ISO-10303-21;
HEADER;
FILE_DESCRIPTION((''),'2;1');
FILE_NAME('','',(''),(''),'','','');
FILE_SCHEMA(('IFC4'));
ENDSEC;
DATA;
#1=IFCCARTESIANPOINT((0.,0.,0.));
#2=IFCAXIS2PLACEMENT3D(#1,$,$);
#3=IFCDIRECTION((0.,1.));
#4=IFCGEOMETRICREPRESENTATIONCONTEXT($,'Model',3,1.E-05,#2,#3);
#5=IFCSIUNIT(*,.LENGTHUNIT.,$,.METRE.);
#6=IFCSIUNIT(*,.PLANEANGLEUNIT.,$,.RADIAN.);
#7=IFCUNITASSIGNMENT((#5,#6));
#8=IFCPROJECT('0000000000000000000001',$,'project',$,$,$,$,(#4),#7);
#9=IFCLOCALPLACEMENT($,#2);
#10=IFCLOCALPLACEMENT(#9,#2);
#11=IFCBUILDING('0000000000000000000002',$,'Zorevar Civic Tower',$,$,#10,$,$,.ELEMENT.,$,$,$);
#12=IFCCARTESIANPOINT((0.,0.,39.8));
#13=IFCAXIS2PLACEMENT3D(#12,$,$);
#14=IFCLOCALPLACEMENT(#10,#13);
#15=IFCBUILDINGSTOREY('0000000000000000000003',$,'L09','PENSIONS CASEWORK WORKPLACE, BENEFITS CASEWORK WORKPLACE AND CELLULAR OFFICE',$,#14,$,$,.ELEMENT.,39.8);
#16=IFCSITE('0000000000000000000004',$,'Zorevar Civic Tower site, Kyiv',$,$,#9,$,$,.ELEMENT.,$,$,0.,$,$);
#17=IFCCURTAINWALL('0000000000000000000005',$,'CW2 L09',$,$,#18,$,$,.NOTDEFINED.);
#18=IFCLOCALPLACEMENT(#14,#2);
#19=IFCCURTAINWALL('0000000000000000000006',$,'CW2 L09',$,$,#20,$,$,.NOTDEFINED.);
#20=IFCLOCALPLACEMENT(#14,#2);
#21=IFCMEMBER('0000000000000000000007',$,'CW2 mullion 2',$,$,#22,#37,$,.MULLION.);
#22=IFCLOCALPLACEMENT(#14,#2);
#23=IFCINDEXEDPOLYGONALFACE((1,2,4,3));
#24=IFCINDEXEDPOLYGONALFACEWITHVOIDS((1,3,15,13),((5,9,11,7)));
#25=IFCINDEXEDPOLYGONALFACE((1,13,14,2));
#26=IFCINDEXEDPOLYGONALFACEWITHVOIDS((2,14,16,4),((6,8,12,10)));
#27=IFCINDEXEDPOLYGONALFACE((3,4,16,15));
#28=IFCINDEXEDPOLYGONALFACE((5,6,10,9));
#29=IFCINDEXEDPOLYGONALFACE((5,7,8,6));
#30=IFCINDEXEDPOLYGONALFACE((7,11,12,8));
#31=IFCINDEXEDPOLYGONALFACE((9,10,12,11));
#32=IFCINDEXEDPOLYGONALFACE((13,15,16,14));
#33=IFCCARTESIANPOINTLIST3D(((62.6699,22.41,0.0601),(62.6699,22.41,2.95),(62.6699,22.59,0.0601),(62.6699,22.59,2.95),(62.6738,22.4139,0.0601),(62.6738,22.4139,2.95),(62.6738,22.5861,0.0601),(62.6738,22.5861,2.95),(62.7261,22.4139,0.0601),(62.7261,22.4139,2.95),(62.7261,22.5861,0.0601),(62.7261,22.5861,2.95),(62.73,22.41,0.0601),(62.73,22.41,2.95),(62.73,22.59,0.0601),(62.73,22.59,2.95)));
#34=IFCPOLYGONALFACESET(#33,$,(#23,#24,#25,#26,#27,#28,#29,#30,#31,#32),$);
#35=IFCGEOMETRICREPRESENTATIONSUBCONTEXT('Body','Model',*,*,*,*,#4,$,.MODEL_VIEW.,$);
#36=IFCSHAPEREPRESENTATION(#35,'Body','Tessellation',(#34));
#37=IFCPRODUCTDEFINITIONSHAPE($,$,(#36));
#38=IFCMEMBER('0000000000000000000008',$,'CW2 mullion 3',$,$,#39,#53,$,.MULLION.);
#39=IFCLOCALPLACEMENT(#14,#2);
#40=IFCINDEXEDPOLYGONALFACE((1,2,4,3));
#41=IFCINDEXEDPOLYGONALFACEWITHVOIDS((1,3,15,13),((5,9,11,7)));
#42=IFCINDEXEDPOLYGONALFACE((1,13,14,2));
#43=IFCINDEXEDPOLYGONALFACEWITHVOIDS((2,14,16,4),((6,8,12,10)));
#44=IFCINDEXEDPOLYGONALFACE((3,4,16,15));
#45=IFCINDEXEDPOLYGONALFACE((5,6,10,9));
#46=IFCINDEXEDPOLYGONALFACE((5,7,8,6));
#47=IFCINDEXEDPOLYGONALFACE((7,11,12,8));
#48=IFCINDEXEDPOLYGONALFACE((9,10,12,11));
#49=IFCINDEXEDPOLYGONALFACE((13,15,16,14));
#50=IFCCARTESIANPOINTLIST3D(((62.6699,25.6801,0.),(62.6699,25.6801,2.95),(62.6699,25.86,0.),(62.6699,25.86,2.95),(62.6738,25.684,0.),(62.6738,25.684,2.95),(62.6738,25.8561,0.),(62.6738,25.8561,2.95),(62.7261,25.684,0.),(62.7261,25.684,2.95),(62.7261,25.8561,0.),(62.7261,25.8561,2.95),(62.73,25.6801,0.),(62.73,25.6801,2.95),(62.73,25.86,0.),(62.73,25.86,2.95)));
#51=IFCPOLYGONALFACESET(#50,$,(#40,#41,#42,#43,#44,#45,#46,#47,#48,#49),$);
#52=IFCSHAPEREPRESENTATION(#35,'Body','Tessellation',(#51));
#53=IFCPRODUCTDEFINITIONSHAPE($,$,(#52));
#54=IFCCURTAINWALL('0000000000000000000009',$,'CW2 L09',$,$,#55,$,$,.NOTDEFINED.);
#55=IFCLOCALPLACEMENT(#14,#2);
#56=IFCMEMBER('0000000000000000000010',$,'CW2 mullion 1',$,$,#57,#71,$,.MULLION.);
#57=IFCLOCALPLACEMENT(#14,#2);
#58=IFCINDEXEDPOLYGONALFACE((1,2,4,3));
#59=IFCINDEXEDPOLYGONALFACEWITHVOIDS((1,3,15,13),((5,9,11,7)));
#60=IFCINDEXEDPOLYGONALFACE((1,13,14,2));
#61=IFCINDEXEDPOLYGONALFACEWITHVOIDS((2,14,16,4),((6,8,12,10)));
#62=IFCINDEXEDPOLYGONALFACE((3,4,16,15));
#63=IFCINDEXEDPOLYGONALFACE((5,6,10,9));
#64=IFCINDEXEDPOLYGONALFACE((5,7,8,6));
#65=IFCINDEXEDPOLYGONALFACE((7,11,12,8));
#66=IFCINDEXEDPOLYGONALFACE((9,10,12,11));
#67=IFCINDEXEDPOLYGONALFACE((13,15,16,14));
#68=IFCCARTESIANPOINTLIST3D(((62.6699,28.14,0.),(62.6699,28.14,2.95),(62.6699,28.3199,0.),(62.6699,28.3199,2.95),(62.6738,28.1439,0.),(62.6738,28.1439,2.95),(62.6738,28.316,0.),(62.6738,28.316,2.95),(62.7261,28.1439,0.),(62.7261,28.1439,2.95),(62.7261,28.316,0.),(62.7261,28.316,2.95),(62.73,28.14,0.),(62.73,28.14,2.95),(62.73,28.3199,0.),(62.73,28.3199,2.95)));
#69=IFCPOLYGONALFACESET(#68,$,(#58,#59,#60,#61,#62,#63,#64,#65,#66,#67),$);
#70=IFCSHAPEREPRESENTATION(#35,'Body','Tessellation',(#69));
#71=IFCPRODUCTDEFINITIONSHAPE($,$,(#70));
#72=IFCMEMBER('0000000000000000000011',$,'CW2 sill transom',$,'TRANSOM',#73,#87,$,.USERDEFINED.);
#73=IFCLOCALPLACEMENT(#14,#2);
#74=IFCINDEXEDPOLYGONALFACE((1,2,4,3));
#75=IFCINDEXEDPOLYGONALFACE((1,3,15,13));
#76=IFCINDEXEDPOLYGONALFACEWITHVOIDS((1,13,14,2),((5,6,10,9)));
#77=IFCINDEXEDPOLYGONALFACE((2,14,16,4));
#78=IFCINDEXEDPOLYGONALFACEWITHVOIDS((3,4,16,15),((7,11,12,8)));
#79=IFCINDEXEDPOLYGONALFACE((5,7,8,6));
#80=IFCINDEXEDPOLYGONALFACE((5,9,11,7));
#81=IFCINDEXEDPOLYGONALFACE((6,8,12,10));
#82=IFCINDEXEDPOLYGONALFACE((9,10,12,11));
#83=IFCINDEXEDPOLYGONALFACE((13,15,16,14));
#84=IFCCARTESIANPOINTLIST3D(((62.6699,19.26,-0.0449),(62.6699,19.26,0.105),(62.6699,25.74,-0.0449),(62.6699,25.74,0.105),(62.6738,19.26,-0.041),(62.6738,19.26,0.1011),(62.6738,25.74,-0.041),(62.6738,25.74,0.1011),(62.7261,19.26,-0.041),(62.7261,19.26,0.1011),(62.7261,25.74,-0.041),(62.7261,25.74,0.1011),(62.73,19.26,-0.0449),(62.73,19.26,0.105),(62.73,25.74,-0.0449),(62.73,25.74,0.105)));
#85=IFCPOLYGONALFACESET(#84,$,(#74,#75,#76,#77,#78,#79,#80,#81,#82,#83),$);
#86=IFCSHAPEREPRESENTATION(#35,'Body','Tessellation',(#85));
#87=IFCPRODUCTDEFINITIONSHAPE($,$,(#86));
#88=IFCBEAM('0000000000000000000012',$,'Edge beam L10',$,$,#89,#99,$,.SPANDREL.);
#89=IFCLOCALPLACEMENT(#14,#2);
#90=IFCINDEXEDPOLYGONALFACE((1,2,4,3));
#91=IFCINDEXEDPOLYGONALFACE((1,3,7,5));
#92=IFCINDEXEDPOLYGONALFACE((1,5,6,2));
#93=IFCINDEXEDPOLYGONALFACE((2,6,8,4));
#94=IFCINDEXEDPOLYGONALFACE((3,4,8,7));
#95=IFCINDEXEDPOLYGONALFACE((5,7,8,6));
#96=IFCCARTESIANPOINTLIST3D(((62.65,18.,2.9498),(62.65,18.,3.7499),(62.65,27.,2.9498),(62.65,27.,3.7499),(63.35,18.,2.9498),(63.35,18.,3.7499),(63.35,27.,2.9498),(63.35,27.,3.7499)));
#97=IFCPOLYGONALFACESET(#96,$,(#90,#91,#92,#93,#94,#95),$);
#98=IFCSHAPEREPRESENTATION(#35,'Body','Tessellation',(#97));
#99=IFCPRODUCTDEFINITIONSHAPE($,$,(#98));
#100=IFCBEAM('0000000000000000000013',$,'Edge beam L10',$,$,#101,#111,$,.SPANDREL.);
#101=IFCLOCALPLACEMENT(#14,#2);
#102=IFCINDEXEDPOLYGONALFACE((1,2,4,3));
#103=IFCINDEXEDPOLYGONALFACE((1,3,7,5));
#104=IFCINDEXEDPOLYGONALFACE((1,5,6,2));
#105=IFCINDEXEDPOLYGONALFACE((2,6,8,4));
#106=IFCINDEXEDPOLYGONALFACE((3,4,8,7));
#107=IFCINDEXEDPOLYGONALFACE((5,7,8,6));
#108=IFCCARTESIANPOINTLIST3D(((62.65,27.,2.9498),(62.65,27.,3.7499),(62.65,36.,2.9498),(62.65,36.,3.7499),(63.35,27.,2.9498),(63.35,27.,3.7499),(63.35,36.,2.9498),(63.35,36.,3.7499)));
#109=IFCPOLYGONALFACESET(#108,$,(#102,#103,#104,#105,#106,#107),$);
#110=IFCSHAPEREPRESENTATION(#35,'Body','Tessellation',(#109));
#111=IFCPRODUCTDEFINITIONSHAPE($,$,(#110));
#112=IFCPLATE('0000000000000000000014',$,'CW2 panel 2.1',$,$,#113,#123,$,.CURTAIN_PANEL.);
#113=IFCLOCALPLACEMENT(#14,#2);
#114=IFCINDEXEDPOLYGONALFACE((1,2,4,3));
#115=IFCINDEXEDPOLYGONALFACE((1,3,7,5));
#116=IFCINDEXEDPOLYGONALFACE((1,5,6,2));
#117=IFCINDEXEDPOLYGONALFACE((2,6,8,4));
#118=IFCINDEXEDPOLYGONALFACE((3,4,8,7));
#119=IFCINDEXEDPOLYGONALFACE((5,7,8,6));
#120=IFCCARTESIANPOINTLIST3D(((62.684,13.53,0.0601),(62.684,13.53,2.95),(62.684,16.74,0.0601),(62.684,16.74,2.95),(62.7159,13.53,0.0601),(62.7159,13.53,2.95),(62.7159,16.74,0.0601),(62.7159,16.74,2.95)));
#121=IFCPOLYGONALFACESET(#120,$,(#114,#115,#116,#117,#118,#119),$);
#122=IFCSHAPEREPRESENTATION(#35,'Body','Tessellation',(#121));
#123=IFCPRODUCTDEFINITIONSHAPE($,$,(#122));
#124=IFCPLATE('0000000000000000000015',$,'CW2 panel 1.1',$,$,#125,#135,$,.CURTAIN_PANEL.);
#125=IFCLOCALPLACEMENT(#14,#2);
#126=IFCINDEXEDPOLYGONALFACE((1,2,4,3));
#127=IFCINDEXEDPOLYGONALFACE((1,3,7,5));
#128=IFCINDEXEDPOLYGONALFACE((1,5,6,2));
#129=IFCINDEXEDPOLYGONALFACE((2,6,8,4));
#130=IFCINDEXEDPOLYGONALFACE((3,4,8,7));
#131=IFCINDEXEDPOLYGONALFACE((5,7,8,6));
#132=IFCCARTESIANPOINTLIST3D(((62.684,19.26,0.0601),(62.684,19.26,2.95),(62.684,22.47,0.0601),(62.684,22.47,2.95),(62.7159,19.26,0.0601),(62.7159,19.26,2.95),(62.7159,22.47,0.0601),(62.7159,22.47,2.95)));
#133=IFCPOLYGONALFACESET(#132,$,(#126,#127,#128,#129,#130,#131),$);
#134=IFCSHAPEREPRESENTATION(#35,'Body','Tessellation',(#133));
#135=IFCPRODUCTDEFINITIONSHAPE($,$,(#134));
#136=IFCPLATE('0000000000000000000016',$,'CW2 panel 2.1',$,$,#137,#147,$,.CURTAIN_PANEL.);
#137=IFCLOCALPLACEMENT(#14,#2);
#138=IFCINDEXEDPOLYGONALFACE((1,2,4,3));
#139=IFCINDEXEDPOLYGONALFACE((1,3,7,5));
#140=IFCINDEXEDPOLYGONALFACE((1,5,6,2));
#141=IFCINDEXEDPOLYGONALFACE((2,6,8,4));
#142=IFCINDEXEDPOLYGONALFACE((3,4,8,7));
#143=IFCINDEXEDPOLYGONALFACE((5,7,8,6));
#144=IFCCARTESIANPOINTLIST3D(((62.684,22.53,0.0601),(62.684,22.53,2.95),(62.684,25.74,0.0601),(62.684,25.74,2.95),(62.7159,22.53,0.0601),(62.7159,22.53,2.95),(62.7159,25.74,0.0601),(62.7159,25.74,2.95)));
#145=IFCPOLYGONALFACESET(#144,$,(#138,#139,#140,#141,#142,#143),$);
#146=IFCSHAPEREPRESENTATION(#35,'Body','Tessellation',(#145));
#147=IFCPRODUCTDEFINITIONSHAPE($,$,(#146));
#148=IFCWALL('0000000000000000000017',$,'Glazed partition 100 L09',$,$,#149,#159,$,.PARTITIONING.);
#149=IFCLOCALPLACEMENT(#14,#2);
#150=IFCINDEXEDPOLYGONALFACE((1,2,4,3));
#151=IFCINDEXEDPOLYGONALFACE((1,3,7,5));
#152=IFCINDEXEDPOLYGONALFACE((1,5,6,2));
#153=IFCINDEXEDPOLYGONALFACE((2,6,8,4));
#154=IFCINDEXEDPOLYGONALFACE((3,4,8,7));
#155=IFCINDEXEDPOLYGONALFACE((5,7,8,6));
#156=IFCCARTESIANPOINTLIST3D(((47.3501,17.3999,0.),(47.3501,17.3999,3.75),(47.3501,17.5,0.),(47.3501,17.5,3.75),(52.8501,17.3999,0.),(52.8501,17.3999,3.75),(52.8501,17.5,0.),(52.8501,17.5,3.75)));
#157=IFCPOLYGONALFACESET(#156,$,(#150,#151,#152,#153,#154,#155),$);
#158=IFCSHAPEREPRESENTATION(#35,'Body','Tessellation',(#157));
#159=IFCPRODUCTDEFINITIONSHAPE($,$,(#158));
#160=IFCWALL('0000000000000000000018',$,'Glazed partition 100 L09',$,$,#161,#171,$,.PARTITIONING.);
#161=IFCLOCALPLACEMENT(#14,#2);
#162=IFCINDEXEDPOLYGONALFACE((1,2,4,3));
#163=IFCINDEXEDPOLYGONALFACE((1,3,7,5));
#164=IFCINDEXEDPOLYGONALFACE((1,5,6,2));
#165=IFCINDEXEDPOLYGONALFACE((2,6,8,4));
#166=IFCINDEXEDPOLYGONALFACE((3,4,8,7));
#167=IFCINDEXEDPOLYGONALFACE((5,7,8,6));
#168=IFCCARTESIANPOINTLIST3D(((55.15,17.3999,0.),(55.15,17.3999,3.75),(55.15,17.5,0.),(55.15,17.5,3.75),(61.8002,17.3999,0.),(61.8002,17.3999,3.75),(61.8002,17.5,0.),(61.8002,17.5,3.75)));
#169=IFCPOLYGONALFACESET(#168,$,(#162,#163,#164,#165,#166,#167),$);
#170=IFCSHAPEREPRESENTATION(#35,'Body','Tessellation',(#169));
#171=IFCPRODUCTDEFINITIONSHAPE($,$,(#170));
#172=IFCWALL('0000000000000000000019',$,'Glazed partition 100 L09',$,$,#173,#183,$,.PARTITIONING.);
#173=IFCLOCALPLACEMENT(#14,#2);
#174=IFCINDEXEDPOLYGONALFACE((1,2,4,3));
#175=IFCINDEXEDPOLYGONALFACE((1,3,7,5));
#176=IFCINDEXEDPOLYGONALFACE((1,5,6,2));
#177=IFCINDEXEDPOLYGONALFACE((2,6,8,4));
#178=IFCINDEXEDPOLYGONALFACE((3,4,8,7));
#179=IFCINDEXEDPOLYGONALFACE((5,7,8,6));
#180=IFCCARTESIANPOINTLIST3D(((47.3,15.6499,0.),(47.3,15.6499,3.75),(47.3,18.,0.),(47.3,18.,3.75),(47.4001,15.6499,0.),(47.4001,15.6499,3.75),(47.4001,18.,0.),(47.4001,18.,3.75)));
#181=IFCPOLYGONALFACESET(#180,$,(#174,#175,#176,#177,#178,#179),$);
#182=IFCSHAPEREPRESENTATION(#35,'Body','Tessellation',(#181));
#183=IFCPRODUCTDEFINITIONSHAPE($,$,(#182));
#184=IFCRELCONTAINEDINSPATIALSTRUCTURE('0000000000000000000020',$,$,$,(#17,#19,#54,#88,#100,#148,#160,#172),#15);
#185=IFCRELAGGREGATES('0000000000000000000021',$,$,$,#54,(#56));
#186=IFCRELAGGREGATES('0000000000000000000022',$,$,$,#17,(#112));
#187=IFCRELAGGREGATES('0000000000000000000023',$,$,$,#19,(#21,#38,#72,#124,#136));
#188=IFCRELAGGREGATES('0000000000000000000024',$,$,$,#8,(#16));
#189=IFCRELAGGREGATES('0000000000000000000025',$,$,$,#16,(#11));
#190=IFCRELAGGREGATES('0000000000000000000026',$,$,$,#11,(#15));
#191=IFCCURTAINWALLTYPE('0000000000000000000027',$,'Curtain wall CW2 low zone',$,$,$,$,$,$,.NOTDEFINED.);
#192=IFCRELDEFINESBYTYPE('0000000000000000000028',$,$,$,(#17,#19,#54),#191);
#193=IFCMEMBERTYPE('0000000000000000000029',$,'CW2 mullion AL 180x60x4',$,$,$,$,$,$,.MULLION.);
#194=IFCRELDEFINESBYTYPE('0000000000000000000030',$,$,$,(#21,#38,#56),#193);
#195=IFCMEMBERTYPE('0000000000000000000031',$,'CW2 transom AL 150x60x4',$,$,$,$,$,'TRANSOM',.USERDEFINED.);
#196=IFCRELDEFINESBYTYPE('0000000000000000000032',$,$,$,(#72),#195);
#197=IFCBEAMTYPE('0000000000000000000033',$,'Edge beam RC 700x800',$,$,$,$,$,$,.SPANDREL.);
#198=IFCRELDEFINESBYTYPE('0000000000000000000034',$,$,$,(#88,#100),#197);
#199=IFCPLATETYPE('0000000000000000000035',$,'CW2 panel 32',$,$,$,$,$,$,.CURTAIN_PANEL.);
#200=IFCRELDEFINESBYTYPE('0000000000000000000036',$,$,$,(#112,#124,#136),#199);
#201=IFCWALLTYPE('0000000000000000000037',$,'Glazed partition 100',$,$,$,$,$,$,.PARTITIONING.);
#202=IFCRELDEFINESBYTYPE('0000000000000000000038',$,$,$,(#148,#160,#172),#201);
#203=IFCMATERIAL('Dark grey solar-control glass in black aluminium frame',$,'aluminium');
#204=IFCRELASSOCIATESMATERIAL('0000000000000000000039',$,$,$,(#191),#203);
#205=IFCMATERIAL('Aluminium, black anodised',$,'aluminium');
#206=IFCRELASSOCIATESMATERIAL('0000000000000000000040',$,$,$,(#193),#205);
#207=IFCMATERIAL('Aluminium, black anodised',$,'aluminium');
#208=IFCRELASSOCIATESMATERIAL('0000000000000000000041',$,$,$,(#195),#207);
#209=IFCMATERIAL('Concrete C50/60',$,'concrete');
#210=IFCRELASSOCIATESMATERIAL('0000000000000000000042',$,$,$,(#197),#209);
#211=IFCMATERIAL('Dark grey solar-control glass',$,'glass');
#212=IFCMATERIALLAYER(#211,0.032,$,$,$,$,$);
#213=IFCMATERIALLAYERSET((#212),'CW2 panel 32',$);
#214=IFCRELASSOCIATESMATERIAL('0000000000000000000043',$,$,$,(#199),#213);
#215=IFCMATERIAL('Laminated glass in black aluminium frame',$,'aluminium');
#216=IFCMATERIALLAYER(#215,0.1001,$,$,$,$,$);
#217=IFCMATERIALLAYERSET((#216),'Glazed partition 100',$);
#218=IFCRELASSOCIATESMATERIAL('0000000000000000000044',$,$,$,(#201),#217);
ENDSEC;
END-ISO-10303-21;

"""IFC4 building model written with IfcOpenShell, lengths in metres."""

from ifc_helpers import new_model, si_unit, direction, frame, frame_2d, origin, origin_2d, place, context, subcontext, project, spatial, rectangle, hollow_rectangle, extrude, material, layer, layer_set, material_profile, profile_set, type_object, element, aggregate, save


model = new_model("IFC4")

# Units and contexts
model_context = context("Model", 3, precision=1e-05, world=origin(), true_north=direction((0.0, 1.0)))
body_context = subcontext(model_context, "Body", "Model", "MODEL_VIEW")
ifc_project = project(units=[si_unit("LENGTHUNIT", "METRE"), si_unit("PLANEANGLEUNIT", "RADIAN")], contexts=[model_context])

# Site, building, storey
site_placement = place(None, origin())
site = spatial("IfcSite", under=ifc_project, at=site_placement, Name="Zorevar Civic Tower site, Kyiv", CompositionType="ELEMENT", RefElevation=0.0)
building_placement = place(site_placement, origin())
building = spatial("IfcBuilding", under=site, at=building_placement, Name="Zorevar Civic Tower", CompositionType="ELEMENT")
storey_placement = place(building_placement, frame((0.0, 0.0, 39.8)))
storey = spatial("IfcBuildingStorey", under=building, at=storey_placement, Name="L09", Description="PENSIONS CASEWORK WORKPLACE, BENEFITS CASEWORK WORKPLACE AND CELLULAR OFFICE", CompositionType="ELEMENT", Elevation=39.8)

# Curtain walls, members
ifc_material_1 = material(Name="Dark grey solar-control glass in black aluminium frame", Category="aluminium")
curtain_wall_type = type_object("IfcCurtainWallType", Name="Curtain wall CW2 low zone", PredefinedType="NOTDEFINED", material=ifc_material_1)
curtain_wall_1_placement = place(storey_placement, origin())
curtain_wall_1 = element("IfcCurtainWall", 1, at=curtain_wall_1_placement, inside=storey, type_object=curtain_wall_type, Name="CW2 L09", PredefinedType="NOTDEFINED")
ifc_material_2 = material(Name="Aluminium, black anodised", Category="aluminium")
ifc_material_profile_1 = material_profile(ifc_material_2, hollow_rectangle(XDim=0.0601, YDim=0.1799, WallThickness=0.0039, at=origin_2d()), Name="AL 180x60x4")
ifc_profile_set_1 = profile_set([ifc_material_profile_1], Name="Aluminium, black anodised")
member_type_1 = type_object("IfcMemberType", Name="CW2 mullion AL 180x60x4", PredefinedType="MULLION", material=ifc_profile_set_1)
curtain_wall_2_placement = place(storey_placement, origin())
curtain_wall_2 = element("IfcCurtainWall", 2, at=curtain_wall_2_placement, inside=storey, type_object=curtain_wall_type, Name="CW2 L09", PredefinedType="NOTDEFINED")
member_1_placement = place(storey_placement, frame((62.7, 22.5, 0.0601), z_axis=(0.0, 0.0, 1.0), x_axis=(-1.0, 0.0, 0.0)))
member_1 = element("IfcMember", 3, at=member_1_placement, type_object=member_type_1, Name="CW2 mullion 2", PredefinedType="MULLION", context=body_context, shape_type="SweptSolid", body=[
    extrude(hollow_rectangle(XDim=0.0601, YDim=0.1799, WallThickness=0.0039, at=origin_2d()), origin(), (0.0, 0.0, 1.0), 2.8899),
])
member_2_placement = place(storey_placement, frame((62.7, 25.77, 0.0), z_axis=(0.0, 0.0, 1.0), x_axis=(-1.0, 0.0, 0.0)))
member_2 = element("IfcMember", 4, at=member_2_placement, type_object=member_type_1, Name="CW2 mullion 3", PredefinedType="MULLION", context=body_context, shape_type="SweptSolid", body=[
    extrude(hollow_rectangle(XDim=0.0601, YDim=0.1799, WallThickness=0.0039, at=origin_2d()), origin(), (0.0, 0.0, 1.0), 2.95),
])

# Curtain wall, member
curtain_wall_3_placement = place(storey_placement, origin())
curtain_wall_3 = element("IfcCurtainWall", 5, at=curtain_wall_3_placement, inside=storey, type_object=curtain_wall_type, Name="CW2 L09", PredefinedType="NOTDEFINED")
member_3_placement = place(storey_placement, frame((62.7, 28.23, 0.0), z_axis=(0.0, 0.0, 1.0), x_axis=(-1.0, 0.0, 0.0)))
member_3 = element("IfcMember", 6, at=member_3_placement, type_object=member_type_1, Name="CW2 mullion 1", PredefinedType="MULLION", context=body_context, shape_type="SweptSolid", body=[
    extrude(hollow_rectangle(XDim=0.0601, YDim=0.1799, WallThickness=0.0039, at=origin_2d()), origin(), (0.0, 0.0, 1.0), 2.95),
])
aggregate(curtain_wall_3, [member_3])

# Member
ifc_material_3 = material(Name="Aluminium, black anodised", Category="aluminium")
ifc_material_profile_2 = material_profile(ifc_material_3, hollow_rectangle(XDim=0.0601, YDim=0.1499, WallThickness=0.0039, at=origin_2d()), Name="AL 150x60x4")
ifc_profile_set_2 = profile_set([ifc_material_profile_2], Name="Aluminium, black anodised")
member_type_2 = type_object("IfcMemberType", Name="CW2 transom AL 150x60x4", ElementType="TRANSOM", PredefinedType="USERDEFINED", material=ifc_profile_set_2)
member_4_placement = place(storey_placement, frame((62.7, 19.26, 0.03), z_axis=(0.0, 1.0, 0.0), x_axis=(-1.0, 0.0, 0.0)))
member_4 = element("IfcMember", 7, at=member_4_placement, type_object=member_type_2, Name="CW2 sill transom", ObjectType="TRANSOM", PredefinedType="USERDEFINED", context=body_context, shape_type="SweptSolid", body=[
    extrude(hollow_rectangle(XDim=0.0601, YDim=0.1499, WallThickness=0.0039, at=origin_2d()), origin(), (0.0, 0.0, 1.0), 6.48),
])

# Beams
ifc_material_4 = material(Name="Concrete C50/60", Category="concrete")
ifc_material_profile_3 = material_profile(ifc_material_4, rectangle(XDim=0.7, YDim=0.8, at=origin_2d()), Name="RC 700x800")
ifc_profile_set_3 = profile_set([ifc_material_profile_3], Name="Concrete C50/60")
beam_type_1 = type_object("IfcBeamType", Name="Edge beam RC 700x800", PredefinedType="SPANDREL", material=ifc_profile_set_3)
for number, where, z_axis, x_axis, name in (
    (8, (63.0, 18.0, 3.3499), (0.0, 1.0, 0.0), (-1.0, 0.0, 0.0), "Edge beam L10"),
    (9, (63.0, 27.0, 3.3499), (0.0, 1.0, 0.0), (-1.0, 0.0, 0.0), "Edge beam L10"),
):
    element("IfcBeam", number, at=place(storey_placement, frame(where, z_axis=z_axis, x_axis=x_axis)), inside=storey, type_object=beam_type_1, Name=name, PredefinedType="SPANDREL", context=body_context, shape_type="SweptSolid", body=[
        extrude(rectangle(XDim=0.7, YDim=0.8, at=origin_2d()), origin(), (0.0, 0.0, 1.0), 9.0),
    ])

# Plates
ifc_material_5 = material(Name="Dark grey solar-control glass", Category="glass")
ifc_layer_1 = layer(ifc_material_5, 0.032)
ifc_layer_set_1 = layer_set([ifc_layer_1], Name="CW2 panel 32")
plate_type = type_object("IfcPlateType", Name="CW2 panel 32", PredefinedType="CURTAIN_PANEL", material=ifc_layer_set_1)
plate_1_placement = place(storey_placement, frame((62.7, 15.135, 0.0601), z_axis=(0.0, 0.0, 1.0), x_axis=(0.0, 1.0, 0.0)))
plate_1 = element("IfcPlate", 10, at=plate_1_placement, type_object=plate_type, Name="CW2 panel 2.1", PredefinedType="CURTAIN_PANEL", context=body_context, shape_type="SweptSolid", body=[
    extrude(rectangle(XDim=3.21, YDim=0.032, at=origin_2d()), origin(), (0.0, 0.0, 1.0), 2.8899),
])
aggregate(curtain_wall_1, [plate_1])
plate_2_placement = place(storey_placement, frame((62.7, 20.865, 0.0601), z_axis=(0.0, 0.0, 1.0), x_axis=(0.0, 1.0, 0.0)))
plate_2 = element("IfcPlate", 11, at=plate_2_placement, type_object=plate_type, Name="CW2 panel 1.1", PredefinedType="CURTAIN_PANEL", context=body_context, shape_type="SweptSolid", body=[
    extrude(rectangle(XDim=3.21, YDim=0.032, at=origin_2d()), origin(), (0.0, 0.0, 1.0), 2.8899),
])
plate_3_placement = place(storey_placement, frame((62.7, 24.135, 0.0601), z_axis=(0.0, 0.0, 1.0), x_axis=(0.0, 1.0, 0.0)))
plate_3 = element("IfcPlate", 12, at=plate_3_placement, type_object=plate_type, Name="CW2 panel 2.1", PredefinedType="CURTAIN_PANEL", context=body_context, shape_type="SweptSolid", body=[
    extrude(rectangle(XDim=3.21, YDim=0.032, at=origin_2d()), origin(), (0.0, 0.0, 1.0), 2.8899),
])
aggregate(curtain_wall_2, [member_1, member_2, member_4, plate_2, plate_3])

# Walls
ifc_material_6 = material(Name="Laminated glass in black aluminium frame", Category="aluminium")
ifc_layer_2 = layer(ifc_material_6, 0.1001)
ifc_layer_set_2 = layer_set([ifc_layer_2], Name="Glazed partition 100")
wall_type_1 = type_object("IfcWallType", Name="Glazed partition 100", PredefinedType="PARTITIONING", material=ifc_layer_set_2)
wall_1_placement = place(storey_placement, frame((47.3501, 17.45, 0.0), z_axis=(0.0, 0.0, 1.0), x_axis=(1.0, 0.0, 0.0)))
element("IfcWall", 13, at=wall_1_placement, inside=storey, type_object=wall_type_1, Name="Glazed partition 100 L09", PredefinedType="PARTITIONING", context=body_context, shape_type="SweptSolid", body=[
    extrude(rectangle(XDim=5.5, YDim=0.1001, at=frame_2d((2.75, 0.0))), origin(), (0.0, 0.0, 1.0), 3.75),
])
wall_2_placement = place(storey_placement, frame((55.1499, 17.45, 0.0), z_axis=(0.0, 0.0, 1.0), x_axis=(1.0, 0.0, 0.0)))
element("IfcWall", 14, at=wall_2_placement, inside=storey, type_object=wall_type_1, Name="Glazed partition 100 L09", PredefinedType="PARTITIONING", context=body_context, shape_type="SweptSolid", body=[
    extrude(rectangle(XDim=6.6501, YDim=0.1001, at=frame_2d((3.3252, 0.0))), origin(), (0.0, 0.0, 1.0), 3.75),
])
wall_3_placement = place(storey_placement, frame((47.3501, 15.6499, 0.0), z_axis=(0.0, 0.0, 1.0), x_axis=(0.0, 1.0, 0.0)))
element("IfcWall", 15, at=wall_3_placement, inside=storey, type_object=wall_type_1, Name="Glazed partition 100 L09", PredefinedType="PARTITIONING", context=body_context, shape_type="SweptSolid", body=[
    extrude(rectangle(XDim=2.3501, YDim=0.1001, at=frame_2d((1.175, 0.0))), origin(), (0.0, 0.0, 1.0), 3.75),
])

save(model, "model.ifc")
